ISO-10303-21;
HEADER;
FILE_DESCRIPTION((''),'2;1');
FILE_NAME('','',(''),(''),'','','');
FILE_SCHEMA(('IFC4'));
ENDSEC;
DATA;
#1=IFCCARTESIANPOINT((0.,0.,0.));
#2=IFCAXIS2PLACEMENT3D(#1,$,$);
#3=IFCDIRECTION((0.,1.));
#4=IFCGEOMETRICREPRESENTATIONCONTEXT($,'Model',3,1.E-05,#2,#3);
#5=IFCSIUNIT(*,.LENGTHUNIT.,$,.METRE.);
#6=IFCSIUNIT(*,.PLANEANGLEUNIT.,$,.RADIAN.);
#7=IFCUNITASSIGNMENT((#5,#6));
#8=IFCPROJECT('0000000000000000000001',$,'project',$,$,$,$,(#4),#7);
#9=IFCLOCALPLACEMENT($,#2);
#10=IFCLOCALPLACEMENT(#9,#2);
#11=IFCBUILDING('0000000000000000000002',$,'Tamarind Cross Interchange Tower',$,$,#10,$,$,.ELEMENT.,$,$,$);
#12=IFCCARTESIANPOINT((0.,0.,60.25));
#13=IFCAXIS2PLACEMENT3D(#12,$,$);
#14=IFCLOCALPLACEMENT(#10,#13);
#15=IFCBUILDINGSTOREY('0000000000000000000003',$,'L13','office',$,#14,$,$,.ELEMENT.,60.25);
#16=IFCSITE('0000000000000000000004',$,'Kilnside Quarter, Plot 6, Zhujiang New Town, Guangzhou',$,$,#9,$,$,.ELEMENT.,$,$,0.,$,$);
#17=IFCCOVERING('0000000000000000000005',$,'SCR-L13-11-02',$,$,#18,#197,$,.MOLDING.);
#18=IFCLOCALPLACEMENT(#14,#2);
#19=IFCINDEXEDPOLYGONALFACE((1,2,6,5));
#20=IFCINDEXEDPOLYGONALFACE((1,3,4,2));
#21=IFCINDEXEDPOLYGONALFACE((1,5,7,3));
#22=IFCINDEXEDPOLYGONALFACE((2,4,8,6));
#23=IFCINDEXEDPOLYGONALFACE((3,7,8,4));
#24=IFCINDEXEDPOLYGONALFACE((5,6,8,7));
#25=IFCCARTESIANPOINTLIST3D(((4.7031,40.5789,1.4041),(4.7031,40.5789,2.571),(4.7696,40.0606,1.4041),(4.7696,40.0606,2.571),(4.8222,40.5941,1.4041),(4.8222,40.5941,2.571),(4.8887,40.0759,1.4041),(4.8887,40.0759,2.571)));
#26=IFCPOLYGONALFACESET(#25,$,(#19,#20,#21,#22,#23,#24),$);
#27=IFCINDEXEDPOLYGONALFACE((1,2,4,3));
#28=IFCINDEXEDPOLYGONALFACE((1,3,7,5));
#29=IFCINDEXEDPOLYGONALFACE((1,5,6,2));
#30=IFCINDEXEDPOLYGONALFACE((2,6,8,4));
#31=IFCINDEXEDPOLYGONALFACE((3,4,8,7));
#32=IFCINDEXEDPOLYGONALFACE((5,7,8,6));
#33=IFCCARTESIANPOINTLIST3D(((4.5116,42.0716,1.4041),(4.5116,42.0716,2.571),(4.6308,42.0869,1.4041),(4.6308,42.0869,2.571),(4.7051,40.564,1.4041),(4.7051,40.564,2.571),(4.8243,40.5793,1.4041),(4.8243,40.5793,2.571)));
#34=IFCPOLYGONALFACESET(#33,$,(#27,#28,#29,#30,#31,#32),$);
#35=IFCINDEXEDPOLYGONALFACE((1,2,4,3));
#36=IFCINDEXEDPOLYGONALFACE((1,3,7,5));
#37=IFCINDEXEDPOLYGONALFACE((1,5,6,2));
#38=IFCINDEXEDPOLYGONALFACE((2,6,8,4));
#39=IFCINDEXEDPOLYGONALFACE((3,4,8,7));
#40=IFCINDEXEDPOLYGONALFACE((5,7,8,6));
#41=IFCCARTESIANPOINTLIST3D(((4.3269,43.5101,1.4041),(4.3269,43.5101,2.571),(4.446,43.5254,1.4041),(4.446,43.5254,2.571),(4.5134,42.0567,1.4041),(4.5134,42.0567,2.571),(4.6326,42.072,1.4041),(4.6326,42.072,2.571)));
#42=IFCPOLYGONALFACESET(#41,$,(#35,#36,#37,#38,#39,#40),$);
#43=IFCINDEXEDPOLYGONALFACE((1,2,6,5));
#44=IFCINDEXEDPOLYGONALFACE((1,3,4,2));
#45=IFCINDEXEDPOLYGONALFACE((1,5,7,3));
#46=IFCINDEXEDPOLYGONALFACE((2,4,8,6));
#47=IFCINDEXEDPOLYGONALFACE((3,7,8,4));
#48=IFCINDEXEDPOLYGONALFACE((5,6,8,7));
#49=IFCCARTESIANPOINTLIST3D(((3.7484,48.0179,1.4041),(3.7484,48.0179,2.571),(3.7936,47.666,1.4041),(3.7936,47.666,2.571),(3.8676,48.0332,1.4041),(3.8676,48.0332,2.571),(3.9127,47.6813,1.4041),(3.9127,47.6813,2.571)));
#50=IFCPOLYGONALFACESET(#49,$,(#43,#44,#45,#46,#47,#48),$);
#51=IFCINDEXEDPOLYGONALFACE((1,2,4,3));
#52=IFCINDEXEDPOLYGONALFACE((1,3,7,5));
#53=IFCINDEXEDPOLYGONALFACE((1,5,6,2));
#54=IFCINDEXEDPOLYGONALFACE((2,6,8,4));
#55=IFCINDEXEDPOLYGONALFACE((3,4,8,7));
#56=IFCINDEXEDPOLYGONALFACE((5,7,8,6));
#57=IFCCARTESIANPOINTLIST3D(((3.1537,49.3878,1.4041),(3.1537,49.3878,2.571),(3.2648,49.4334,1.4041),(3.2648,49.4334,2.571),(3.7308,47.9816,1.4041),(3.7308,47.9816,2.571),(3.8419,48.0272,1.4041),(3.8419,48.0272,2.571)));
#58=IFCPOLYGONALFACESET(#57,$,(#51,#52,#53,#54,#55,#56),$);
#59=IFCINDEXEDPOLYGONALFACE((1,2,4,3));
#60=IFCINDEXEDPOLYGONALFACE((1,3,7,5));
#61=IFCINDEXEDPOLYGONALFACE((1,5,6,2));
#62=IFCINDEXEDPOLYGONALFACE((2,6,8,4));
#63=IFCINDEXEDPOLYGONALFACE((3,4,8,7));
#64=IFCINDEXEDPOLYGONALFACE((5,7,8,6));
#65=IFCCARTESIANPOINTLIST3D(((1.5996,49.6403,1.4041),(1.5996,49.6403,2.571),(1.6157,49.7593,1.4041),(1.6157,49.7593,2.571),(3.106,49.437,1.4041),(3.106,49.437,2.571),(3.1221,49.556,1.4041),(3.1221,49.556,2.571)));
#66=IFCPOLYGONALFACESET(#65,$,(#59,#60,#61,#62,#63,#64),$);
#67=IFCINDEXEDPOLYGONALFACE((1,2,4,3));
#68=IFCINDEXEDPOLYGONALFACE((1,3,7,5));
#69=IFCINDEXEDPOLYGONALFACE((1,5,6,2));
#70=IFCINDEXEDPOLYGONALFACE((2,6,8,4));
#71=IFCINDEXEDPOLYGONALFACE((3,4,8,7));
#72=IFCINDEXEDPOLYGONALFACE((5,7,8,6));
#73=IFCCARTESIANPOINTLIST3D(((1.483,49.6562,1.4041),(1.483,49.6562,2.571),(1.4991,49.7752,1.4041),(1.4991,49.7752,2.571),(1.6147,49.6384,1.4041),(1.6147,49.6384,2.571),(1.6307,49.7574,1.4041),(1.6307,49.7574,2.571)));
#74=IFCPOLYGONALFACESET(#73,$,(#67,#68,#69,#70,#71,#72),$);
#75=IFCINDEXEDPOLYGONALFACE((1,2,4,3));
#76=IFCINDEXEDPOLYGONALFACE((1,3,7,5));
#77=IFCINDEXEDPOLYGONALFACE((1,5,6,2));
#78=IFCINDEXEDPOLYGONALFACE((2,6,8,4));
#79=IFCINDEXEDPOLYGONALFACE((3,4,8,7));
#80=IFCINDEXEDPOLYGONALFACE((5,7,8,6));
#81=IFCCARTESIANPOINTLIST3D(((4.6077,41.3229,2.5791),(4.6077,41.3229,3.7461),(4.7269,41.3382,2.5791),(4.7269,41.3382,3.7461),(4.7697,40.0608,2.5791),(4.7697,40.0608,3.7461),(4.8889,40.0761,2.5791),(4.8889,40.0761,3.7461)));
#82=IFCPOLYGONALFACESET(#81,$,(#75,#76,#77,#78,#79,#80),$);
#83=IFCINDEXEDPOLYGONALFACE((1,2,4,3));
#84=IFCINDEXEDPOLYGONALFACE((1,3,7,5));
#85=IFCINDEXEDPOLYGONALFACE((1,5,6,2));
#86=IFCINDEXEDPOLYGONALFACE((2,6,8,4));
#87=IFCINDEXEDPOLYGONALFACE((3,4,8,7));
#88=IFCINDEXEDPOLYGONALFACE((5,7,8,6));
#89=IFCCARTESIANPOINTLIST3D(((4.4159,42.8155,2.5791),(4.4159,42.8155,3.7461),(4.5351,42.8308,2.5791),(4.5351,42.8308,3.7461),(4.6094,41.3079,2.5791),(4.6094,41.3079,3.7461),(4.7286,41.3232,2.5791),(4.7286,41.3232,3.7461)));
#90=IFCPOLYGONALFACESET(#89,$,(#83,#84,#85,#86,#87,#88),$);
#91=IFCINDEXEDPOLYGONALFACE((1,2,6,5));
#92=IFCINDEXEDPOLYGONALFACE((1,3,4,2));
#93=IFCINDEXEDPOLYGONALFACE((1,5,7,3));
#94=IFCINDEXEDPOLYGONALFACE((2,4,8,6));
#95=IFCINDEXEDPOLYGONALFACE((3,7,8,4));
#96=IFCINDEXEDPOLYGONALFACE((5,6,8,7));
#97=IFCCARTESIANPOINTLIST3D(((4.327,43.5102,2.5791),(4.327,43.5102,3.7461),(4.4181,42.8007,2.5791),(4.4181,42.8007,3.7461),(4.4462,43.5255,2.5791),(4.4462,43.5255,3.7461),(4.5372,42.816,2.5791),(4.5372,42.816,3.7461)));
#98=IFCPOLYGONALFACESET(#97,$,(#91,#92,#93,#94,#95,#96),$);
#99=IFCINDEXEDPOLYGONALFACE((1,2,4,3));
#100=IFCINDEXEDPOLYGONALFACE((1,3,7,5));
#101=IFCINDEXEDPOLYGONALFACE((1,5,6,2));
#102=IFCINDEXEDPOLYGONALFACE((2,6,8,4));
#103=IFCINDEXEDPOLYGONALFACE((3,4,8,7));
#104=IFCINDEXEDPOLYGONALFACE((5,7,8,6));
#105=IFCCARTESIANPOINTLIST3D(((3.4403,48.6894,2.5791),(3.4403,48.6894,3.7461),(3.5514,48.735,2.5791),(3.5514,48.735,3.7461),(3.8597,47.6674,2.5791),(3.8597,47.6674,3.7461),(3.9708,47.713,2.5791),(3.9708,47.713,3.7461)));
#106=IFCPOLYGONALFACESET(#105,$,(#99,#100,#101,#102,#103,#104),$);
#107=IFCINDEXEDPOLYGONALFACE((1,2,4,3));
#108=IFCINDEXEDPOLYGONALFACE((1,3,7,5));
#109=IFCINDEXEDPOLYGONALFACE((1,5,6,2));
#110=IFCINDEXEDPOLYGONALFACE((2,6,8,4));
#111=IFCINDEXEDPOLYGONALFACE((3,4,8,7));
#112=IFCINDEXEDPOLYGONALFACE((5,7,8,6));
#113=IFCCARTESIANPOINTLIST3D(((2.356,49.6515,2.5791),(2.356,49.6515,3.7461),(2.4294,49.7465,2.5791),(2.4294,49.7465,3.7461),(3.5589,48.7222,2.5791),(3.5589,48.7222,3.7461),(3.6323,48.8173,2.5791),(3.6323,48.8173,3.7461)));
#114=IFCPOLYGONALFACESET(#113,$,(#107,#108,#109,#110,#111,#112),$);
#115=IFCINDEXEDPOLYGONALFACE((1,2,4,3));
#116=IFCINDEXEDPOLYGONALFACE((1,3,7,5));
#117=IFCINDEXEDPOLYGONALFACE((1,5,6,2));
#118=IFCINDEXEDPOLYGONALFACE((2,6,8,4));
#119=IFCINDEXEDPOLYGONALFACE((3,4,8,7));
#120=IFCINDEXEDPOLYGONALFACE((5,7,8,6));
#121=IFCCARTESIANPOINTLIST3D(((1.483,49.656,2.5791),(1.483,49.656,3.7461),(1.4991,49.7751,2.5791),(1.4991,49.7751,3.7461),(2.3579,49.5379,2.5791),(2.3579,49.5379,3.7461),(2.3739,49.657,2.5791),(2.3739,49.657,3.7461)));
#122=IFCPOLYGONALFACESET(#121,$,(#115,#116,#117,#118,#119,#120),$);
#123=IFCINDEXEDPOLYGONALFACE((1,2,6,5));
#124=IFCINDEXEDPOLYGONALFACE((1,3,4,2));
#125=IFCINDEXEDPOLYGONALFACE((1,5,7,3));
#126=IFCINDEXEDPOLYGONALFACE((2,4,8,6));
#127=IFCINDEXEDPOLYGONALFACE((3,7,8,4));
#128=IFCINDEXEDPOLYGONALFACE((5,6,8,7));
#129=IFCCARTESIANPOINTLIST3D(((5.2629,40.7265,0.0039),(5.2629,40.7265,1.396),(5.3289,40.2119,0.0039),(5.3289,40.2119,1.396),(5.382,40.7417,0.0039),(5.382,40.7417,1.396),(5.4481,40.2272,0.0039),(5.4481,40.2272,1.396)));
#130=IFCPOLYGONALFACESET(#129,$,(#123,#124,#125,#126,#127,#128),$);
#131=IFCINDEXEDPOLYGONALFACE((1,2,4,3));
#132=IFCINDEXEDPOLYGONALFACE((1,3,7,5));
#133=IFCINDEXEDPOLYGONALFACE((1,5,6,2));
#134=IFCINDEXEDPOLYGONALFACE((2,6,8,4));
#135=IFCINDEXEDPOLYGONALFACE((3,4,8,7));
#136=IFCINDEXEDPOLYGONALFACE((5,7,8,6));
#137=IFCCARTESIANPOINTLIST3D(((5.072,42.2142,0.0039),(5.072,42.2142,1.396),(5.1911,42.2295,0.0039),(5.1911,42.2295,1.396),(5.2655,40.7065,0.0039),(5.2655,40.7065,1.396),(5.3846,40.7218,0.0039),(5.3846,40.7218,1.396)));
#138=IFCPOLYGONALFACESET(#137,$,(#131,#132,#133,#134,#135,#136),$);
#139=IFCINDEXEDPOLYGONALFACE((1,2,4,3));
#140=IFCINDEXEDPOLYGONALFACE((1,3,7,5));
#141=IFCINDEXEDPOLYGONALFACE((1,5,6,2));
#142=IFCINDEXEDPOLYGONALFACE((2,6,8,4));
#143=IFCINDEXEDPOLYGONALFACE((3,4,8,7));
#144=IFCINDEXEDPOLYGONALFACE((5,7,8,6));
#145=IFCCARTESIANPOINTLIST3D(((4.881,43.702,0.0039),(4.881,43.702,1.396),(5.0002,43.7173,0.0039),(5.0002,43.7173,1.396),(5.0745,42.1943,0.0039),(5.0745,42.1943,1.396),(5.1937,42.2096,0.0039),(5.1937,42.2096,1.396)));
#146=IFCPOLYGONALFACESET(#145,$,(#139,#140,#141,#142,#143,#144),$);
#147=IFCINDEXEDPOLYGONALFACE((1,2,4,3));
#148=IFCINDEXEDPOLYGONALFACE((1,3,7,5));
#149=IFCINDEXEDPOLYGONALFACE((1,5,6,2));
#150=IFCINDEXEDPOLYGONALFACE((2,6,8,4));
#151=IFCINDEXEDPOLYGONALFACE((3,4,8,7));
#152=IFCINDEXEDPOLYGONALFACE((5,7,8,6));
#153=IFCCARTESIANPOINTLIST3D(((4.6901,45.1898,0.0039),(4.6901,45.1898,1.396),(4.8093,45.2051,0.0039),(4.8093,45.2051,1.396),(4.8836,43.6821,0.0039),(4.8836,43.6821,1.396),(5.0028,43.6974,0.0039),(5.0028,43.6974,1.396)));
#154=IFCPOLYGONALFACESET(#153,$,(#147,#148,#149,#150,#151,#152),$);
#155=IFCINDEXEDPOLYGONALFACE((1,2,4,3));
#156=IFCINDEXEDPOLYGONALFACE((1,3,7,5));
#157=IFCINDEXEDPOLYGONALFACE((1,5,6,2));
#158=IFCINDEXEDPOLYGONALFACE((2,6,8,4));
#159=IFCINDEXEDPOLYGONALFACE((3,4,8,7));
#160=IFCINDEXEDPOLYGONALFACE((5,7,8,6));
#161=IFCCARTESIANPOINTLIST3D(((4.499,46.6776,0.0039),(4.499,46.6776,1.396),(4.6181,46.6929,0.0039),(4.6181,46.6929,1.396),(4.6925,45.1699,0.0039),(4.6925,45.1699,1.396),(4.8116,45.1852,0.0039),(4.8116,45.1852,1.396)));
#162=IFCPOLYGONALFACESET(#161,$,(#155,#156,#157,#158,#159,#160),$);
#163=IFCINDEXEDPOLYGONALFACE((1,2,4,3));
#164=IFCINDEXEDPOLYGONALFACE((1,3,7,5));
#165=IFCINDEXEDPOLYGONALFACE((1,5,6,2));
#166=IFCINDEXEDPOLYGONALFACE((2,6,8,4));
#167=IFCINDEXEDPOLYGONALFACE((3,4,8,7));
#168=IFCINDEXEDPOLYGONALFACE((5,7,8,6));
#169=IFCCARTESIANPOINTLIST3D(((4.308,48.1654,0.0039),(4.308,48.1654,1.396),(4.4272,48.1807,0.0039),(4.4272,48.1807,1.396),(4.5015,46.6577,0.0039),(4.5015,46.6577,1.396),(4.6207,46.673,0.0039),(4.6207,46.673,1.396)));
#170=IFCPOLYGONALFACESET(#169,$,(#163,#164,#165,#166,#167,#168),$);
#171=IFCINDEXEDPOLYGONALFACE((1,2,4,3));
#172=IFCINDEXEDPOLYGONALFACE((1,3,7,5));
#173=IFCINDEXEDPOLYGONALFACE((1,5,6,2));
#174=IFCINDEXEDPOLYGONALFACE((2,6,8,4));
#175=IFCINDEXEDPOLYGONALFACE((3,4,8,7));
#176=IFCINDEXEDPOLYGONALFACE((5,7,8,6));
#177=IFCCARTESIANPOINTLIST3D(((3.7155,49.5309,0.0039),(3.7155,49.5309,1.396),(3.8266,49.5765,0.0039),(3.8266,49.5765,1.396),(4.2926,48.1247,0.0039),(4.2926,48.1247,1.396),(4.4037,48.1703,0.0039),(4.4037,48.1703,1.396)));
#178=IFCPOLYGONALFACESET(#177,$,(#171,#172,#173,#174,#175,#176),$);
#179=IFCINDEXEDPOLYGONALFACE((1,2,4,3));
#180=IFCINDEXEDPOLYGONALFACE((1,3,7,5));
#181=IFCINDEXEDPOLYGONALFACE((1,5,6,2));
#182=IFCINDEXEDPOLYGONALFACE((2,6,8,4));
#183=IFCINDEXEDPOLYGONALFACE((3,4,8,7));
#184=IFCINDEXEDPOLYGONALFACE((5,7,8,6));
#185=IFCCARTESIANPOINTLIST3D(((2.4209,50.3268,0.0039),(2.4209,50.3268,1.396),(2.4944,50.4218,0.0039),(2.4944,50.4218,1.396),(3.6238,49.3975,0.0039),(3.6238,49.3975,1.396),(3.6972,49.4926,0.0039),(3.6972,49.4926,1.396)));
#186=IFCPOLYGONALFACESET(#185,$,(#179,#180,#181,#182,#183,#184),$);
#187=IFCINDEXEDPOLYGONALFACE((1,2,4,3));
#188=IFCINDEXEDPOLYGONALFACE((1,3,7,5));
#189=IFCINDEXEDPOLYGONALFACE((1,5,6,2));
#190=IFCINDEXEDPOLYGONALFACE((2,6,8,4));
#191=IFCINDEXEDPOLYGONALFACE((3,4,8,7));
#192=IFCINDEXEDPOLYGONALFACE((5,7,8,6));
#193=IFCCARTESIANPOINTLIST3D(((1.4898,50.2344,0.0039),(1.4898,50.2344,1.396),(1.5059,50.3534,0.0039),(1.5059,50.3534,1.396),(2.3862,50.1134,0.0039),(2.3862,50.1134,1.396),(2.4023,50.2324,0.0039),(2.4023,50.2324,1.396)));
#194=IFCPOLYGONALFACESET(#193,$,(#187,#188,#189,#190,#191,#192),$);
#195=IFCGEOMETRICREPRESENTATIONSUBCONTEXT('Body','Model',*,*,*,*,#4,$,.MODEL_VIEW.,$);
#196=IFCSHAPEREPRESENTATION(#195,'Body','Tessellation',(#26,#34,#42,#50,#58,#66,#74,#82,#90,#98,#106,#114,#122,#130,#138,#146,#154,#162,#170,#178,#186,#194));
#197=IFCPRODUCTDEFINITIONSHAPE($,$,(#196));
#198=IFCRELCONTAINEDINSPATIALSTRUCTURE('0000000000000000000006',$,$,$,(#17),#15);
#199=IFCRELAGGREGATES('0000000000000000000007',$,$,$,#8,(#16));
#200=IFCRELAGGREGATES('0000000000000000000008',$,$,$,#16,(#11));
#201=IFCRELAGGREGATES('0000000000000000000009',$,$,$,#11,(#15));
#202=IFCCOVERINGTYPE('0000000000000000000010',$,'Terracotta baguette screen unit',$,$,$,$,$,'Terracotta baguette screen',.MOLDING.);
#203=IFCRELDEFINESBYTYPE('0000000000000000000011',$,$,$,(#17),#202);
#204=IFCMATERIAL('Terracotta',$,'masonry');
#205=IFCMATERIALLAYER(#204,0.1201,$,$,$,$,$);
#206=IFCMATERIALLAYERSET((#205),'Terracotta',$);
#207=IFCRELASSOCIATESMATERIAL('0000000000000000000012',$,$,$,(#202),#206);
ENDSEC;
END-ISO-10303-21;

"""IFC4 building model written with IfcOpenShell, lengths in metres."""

from ifc_helpers import new_model, si_unit, direction, frame, origin, origin_2d, place, context, subcontext, project, spatial, rectangle, extrude, material, layer, layer_set, type_object, element, save


model = new_model("IFC4")

# Units and contexts
model_context = context("Model", 3, precision=1e-05, world=origin(), true_north=direction((0.0, 1.0)))
body_context = subcontext(model_context, "Body", "Model", "MODEL_VIEW")
ifc_project = project(units=[si_unit("LENGTHUNIT", "METRE"), si_unit("PLANEANGLEUNIT", "RADIAN")], contexts=[model_context])

# Site, building, storey
site_placement = place(None, origin())
site = spatial("IfcSite", under=ifc_project, at=site_placement, Name="Kilnside Quarter, Plot 6, Zhujiang New Town, Guangzhou", CompositionType="ELEMENT", RefElevation=0.0)
building_placement = place(site_placement, origin())
building = spatial("IfcBuilding", under=site, at=building_placement, Name="Tamarind Cross Interchange Tower", CompositionType="ELEMENT")
storey_placement = place(building_placement, frame((0.0, 0.0, 60.25)))
storey = spatial("IfcBuildingStorey", under=building, at=storey_placement, Name="L13", Description="office", CompositionType="ELEMENT", Elevation=60.25)

# Covering
ifc_material_1 = material(Name="Terracotta", Category="masonry")
ifc_layer_1 = layer(ifc_material_1, 0.1201)
ifc_layer_set_1 = layer_set([ifc_layer_1], Name="Terracotta")
covering_type = type_object("IfcCoveringType", Name="Terracotta baguette screen unit", ElementType="Terracotta baguette screen", PredefinedType="MOLDING", material=ifc_layer_set_1)
covering_1_placement = place(storey_placement, origin())
element("IfcCovering", 1, at=covering_1_placement, inside=storey, type_object=covering_type, Name="SCR-L13-11-02", PredefinedType="MOLDING", context=body_context, shape_type="SweptSolid", body=[
    extrude(rectangle(XDim=0.5225, YDim=0.1201, at=origin_2d()), frame((4.7959, 40.3274, 1.4041), z_axis=(0.0, 0.0, 1.0), x_axis=(-0.1273, 0.991864, 0.0)), (0.0, 0.0, 1.0), 1.167),
    extrude(rectangle(XDim=1.52, YDim=0.1201, at=origin_2d()), frame((4.668, 41.3254, 1.4041), z_axis=(0.0, 0.0, 1.0), x_axis=(-0.1273, 0.991864, 0.0)), (0.0, 0.0, 1.0), 1.167),
    extrude(rectangle(XDim=1.4653, YDim=0.1201, at=origin_2d()), frame((4.4797, 42.791, 1.4041), z_axis=(0.0, 0.0, 1.0), x_axis=(-0.1273, 0.991864, 0.0)), (0.0, 0.0, 1.0), 1.167),
    extrude(rectangle(XDim=0.3547, YDim=0.1201, at=origin_2d()), frame((3.8306, 47.8496, 1.4041), z_axis=(0.0, 0.0, 1.0), x_axis=(-0.1273, 0.991864, 0.0)), (0.0, 0.0, 1.0), 1.167),
    extrude(rectangle(XDim=1.52, YDim=0.1201, at=origin_2d()), frame((3.4978, 48.7075, 1.4041), z_axis=(0.0, 0.0, 1.0), x_axis=(-0.379676, 0.92512, 0.0)), (0.0, 0.0, 1.0), 1.167),
    extrude(rectangle(XDim=1.52, YDim=0.1201, at=origin_2d()), frame((2.3608, 49.5981, 1.4041), z_axis=(0.0, 0.0, 1.0), x_axis=(-0.991015, 0.133751, 0.0)), (0.0, 0.0, 1.0), 1.167),
    extrude(rectangle(XDim=0.1328, YDim=0.1201, at=origin_2d()), frame((1.5569, 49.7068, 1.4041), z_axis=(0.0, 0.0, 1.0), x_axis=(-0.991015, 0.133751, 0.0)), (0.0, 0.0, 1.0), 1.167),
    extrude(rectangle(XDim=1.2725, YDim=0.1201, at=origin_2d()), frame((4.7483, 40.6995, 2.5791), z_axis=(0.0, 0.0, 1.0), x_axis=(-0.1273, 0.991864, 0.0)), (0.0, 0.0, 1.0), 1.167),
    extrude(rectangle(XDim=1.52, YDim=0.1201, at=origin_2d()), frame((4.5723, 42.0693, 2.5791), z_axis=(0.0, 0.0, 1.0), x_axis=(-0.1273, 0.991864, 0.0)), (0.0, 0.0, 1.0), 1.167),
    extrude(rectangle(XDim=0.7153, YDim=0.1201, at=origin_2d()), frame((4.4321, 43.1631, 2.5791), z_axis=(0.0, 0.0, 1.0), x_axis=(-0.1273, 0.991864, 0.0)), (0.0, 0.0, 1.0), 1.167),
    extrude(rectangle(XDim=1.1047, YDim=0.1201, at=origin_2d()), frame((3.7056, 48.2012, 2.5791), z_axis=(0.0, 0.0, 1.0), x_axis=(-0.379676, 0.92512, 0.0)), (0.0, 0.0, 1.0), 1.167),
    extrude(rectangle(XDim=1.52, YDim=0.1201, at=origin_2d()), frame((2.9941, 49.2344, 2.5791), z_axis=(0.0, 0.0, 1.0), x_axis=(-0.791369, 0.611339, 0.0)), (0.0, 0.0, 1.0), 1.167),
    extrude(rectangle(XDim=0.8828, YDim=0.1201, at=origin_2d()), frame((1.9285, 49.6565, 2.5791), z_axis=(0.0, 0.0, 1.0), x_axis=(-0.991015, 0.133751, 0.0)), (0.0, 0.0, 1.0), 1.167),
    extrude(rectangle(XDim=0.5188, YDim=0.1201, at=origin_2d()), frame((5.3555, 40.4768, 0.0039), z_axis=(0.0, 0.0, 1.0), x_axis=(-0.1273, 0.991864, 0.0)), (0.0, 0.0, 1.0), 1.3921),
    extrude(rectangle(XDim=1.52, YDim=0.1201, at=origin_2d()), frame((5.2283, 41.468, 0.0039), z_axis=(0.0, 0.0, 1.0), x_axis=(-0.1273, 0.991864, 0.0)), (0.0, 0.0, 1.0), 1.3921),
    extrude(rectangle(XDim=1.52, YDim=0.1201, at=origin_2d()), frame((5.0374, 42.9558, 0.0039), z_axis=(0.0, 0.0, 1.0), x_axis=(-0.1273, 0.991864, 0.0)), (0.0, 0.0, 1.0), 1.3921),
    extrude(rectangle(XDim=1.52, YDim=0.1201, at=origin_2d()), frame((4.8464, 44.4436, 0.0039), z_axis=(0.0, 0.0, 1.0), x_axis=(-0.1273, 0.991864, 0.0)), (0.0, 0.0, 1.0), 1.3921),
    extrude(rectangle(XDim=1.52, YDim=0.1201, at=origin_2d()), frame((4.6553, 45.9314, 0.0039), z_axis=(0.0, 0.0, 1.0), x_axis=(-0.1273, 0.991864, 0.0)), (0.0, 0.0, 1.0), 1.3921),
    extrude(rectangle(XDim=1.52, YDim=0.1201, at=origin_2d()), frame((4.4644, 47.4192, 0.0039), z_axis=(0.0, 0.0, 1.0), x_axis=(-0.1273, 0.991864, 0.0)), (0.0, 0.0, 1.0), 1.3921),
    extrude(rectangle(XDim=1.52, YDim=0.1201, at=origin_2d()), frame((4.0596, 48.8506, 0.0039), z_axis=(0.0, 0.0, 1.0), x_axis=(-0.379676, 0.92512, 0.0)), (0.0, 0.0, 1.0), 1.3921),
    extrude(rectangle(XDim=1.52, YDim=0.1201, at=origin_2d()), frame((3.0591, 49.9097, 0.0039), z_axis=(0.0, 0.0, 1.0), x_axis=(-0.791369, 0.611339, 0.0)), (0.0, 0.0, 1.0), 1.3921),
    extrude(rectangle(XDim=0.9045, YDim=0.1201, at=origin_2d()), frame((1.946, 50.2334, 0.0039), z_axis=(0.0, 0.0, 1.0), x_axis=(-0.991015, 0.133751, 0.0)), (0.0, 0.0, 1.0), 1.3921),
])

save(model, "model.ifc")
